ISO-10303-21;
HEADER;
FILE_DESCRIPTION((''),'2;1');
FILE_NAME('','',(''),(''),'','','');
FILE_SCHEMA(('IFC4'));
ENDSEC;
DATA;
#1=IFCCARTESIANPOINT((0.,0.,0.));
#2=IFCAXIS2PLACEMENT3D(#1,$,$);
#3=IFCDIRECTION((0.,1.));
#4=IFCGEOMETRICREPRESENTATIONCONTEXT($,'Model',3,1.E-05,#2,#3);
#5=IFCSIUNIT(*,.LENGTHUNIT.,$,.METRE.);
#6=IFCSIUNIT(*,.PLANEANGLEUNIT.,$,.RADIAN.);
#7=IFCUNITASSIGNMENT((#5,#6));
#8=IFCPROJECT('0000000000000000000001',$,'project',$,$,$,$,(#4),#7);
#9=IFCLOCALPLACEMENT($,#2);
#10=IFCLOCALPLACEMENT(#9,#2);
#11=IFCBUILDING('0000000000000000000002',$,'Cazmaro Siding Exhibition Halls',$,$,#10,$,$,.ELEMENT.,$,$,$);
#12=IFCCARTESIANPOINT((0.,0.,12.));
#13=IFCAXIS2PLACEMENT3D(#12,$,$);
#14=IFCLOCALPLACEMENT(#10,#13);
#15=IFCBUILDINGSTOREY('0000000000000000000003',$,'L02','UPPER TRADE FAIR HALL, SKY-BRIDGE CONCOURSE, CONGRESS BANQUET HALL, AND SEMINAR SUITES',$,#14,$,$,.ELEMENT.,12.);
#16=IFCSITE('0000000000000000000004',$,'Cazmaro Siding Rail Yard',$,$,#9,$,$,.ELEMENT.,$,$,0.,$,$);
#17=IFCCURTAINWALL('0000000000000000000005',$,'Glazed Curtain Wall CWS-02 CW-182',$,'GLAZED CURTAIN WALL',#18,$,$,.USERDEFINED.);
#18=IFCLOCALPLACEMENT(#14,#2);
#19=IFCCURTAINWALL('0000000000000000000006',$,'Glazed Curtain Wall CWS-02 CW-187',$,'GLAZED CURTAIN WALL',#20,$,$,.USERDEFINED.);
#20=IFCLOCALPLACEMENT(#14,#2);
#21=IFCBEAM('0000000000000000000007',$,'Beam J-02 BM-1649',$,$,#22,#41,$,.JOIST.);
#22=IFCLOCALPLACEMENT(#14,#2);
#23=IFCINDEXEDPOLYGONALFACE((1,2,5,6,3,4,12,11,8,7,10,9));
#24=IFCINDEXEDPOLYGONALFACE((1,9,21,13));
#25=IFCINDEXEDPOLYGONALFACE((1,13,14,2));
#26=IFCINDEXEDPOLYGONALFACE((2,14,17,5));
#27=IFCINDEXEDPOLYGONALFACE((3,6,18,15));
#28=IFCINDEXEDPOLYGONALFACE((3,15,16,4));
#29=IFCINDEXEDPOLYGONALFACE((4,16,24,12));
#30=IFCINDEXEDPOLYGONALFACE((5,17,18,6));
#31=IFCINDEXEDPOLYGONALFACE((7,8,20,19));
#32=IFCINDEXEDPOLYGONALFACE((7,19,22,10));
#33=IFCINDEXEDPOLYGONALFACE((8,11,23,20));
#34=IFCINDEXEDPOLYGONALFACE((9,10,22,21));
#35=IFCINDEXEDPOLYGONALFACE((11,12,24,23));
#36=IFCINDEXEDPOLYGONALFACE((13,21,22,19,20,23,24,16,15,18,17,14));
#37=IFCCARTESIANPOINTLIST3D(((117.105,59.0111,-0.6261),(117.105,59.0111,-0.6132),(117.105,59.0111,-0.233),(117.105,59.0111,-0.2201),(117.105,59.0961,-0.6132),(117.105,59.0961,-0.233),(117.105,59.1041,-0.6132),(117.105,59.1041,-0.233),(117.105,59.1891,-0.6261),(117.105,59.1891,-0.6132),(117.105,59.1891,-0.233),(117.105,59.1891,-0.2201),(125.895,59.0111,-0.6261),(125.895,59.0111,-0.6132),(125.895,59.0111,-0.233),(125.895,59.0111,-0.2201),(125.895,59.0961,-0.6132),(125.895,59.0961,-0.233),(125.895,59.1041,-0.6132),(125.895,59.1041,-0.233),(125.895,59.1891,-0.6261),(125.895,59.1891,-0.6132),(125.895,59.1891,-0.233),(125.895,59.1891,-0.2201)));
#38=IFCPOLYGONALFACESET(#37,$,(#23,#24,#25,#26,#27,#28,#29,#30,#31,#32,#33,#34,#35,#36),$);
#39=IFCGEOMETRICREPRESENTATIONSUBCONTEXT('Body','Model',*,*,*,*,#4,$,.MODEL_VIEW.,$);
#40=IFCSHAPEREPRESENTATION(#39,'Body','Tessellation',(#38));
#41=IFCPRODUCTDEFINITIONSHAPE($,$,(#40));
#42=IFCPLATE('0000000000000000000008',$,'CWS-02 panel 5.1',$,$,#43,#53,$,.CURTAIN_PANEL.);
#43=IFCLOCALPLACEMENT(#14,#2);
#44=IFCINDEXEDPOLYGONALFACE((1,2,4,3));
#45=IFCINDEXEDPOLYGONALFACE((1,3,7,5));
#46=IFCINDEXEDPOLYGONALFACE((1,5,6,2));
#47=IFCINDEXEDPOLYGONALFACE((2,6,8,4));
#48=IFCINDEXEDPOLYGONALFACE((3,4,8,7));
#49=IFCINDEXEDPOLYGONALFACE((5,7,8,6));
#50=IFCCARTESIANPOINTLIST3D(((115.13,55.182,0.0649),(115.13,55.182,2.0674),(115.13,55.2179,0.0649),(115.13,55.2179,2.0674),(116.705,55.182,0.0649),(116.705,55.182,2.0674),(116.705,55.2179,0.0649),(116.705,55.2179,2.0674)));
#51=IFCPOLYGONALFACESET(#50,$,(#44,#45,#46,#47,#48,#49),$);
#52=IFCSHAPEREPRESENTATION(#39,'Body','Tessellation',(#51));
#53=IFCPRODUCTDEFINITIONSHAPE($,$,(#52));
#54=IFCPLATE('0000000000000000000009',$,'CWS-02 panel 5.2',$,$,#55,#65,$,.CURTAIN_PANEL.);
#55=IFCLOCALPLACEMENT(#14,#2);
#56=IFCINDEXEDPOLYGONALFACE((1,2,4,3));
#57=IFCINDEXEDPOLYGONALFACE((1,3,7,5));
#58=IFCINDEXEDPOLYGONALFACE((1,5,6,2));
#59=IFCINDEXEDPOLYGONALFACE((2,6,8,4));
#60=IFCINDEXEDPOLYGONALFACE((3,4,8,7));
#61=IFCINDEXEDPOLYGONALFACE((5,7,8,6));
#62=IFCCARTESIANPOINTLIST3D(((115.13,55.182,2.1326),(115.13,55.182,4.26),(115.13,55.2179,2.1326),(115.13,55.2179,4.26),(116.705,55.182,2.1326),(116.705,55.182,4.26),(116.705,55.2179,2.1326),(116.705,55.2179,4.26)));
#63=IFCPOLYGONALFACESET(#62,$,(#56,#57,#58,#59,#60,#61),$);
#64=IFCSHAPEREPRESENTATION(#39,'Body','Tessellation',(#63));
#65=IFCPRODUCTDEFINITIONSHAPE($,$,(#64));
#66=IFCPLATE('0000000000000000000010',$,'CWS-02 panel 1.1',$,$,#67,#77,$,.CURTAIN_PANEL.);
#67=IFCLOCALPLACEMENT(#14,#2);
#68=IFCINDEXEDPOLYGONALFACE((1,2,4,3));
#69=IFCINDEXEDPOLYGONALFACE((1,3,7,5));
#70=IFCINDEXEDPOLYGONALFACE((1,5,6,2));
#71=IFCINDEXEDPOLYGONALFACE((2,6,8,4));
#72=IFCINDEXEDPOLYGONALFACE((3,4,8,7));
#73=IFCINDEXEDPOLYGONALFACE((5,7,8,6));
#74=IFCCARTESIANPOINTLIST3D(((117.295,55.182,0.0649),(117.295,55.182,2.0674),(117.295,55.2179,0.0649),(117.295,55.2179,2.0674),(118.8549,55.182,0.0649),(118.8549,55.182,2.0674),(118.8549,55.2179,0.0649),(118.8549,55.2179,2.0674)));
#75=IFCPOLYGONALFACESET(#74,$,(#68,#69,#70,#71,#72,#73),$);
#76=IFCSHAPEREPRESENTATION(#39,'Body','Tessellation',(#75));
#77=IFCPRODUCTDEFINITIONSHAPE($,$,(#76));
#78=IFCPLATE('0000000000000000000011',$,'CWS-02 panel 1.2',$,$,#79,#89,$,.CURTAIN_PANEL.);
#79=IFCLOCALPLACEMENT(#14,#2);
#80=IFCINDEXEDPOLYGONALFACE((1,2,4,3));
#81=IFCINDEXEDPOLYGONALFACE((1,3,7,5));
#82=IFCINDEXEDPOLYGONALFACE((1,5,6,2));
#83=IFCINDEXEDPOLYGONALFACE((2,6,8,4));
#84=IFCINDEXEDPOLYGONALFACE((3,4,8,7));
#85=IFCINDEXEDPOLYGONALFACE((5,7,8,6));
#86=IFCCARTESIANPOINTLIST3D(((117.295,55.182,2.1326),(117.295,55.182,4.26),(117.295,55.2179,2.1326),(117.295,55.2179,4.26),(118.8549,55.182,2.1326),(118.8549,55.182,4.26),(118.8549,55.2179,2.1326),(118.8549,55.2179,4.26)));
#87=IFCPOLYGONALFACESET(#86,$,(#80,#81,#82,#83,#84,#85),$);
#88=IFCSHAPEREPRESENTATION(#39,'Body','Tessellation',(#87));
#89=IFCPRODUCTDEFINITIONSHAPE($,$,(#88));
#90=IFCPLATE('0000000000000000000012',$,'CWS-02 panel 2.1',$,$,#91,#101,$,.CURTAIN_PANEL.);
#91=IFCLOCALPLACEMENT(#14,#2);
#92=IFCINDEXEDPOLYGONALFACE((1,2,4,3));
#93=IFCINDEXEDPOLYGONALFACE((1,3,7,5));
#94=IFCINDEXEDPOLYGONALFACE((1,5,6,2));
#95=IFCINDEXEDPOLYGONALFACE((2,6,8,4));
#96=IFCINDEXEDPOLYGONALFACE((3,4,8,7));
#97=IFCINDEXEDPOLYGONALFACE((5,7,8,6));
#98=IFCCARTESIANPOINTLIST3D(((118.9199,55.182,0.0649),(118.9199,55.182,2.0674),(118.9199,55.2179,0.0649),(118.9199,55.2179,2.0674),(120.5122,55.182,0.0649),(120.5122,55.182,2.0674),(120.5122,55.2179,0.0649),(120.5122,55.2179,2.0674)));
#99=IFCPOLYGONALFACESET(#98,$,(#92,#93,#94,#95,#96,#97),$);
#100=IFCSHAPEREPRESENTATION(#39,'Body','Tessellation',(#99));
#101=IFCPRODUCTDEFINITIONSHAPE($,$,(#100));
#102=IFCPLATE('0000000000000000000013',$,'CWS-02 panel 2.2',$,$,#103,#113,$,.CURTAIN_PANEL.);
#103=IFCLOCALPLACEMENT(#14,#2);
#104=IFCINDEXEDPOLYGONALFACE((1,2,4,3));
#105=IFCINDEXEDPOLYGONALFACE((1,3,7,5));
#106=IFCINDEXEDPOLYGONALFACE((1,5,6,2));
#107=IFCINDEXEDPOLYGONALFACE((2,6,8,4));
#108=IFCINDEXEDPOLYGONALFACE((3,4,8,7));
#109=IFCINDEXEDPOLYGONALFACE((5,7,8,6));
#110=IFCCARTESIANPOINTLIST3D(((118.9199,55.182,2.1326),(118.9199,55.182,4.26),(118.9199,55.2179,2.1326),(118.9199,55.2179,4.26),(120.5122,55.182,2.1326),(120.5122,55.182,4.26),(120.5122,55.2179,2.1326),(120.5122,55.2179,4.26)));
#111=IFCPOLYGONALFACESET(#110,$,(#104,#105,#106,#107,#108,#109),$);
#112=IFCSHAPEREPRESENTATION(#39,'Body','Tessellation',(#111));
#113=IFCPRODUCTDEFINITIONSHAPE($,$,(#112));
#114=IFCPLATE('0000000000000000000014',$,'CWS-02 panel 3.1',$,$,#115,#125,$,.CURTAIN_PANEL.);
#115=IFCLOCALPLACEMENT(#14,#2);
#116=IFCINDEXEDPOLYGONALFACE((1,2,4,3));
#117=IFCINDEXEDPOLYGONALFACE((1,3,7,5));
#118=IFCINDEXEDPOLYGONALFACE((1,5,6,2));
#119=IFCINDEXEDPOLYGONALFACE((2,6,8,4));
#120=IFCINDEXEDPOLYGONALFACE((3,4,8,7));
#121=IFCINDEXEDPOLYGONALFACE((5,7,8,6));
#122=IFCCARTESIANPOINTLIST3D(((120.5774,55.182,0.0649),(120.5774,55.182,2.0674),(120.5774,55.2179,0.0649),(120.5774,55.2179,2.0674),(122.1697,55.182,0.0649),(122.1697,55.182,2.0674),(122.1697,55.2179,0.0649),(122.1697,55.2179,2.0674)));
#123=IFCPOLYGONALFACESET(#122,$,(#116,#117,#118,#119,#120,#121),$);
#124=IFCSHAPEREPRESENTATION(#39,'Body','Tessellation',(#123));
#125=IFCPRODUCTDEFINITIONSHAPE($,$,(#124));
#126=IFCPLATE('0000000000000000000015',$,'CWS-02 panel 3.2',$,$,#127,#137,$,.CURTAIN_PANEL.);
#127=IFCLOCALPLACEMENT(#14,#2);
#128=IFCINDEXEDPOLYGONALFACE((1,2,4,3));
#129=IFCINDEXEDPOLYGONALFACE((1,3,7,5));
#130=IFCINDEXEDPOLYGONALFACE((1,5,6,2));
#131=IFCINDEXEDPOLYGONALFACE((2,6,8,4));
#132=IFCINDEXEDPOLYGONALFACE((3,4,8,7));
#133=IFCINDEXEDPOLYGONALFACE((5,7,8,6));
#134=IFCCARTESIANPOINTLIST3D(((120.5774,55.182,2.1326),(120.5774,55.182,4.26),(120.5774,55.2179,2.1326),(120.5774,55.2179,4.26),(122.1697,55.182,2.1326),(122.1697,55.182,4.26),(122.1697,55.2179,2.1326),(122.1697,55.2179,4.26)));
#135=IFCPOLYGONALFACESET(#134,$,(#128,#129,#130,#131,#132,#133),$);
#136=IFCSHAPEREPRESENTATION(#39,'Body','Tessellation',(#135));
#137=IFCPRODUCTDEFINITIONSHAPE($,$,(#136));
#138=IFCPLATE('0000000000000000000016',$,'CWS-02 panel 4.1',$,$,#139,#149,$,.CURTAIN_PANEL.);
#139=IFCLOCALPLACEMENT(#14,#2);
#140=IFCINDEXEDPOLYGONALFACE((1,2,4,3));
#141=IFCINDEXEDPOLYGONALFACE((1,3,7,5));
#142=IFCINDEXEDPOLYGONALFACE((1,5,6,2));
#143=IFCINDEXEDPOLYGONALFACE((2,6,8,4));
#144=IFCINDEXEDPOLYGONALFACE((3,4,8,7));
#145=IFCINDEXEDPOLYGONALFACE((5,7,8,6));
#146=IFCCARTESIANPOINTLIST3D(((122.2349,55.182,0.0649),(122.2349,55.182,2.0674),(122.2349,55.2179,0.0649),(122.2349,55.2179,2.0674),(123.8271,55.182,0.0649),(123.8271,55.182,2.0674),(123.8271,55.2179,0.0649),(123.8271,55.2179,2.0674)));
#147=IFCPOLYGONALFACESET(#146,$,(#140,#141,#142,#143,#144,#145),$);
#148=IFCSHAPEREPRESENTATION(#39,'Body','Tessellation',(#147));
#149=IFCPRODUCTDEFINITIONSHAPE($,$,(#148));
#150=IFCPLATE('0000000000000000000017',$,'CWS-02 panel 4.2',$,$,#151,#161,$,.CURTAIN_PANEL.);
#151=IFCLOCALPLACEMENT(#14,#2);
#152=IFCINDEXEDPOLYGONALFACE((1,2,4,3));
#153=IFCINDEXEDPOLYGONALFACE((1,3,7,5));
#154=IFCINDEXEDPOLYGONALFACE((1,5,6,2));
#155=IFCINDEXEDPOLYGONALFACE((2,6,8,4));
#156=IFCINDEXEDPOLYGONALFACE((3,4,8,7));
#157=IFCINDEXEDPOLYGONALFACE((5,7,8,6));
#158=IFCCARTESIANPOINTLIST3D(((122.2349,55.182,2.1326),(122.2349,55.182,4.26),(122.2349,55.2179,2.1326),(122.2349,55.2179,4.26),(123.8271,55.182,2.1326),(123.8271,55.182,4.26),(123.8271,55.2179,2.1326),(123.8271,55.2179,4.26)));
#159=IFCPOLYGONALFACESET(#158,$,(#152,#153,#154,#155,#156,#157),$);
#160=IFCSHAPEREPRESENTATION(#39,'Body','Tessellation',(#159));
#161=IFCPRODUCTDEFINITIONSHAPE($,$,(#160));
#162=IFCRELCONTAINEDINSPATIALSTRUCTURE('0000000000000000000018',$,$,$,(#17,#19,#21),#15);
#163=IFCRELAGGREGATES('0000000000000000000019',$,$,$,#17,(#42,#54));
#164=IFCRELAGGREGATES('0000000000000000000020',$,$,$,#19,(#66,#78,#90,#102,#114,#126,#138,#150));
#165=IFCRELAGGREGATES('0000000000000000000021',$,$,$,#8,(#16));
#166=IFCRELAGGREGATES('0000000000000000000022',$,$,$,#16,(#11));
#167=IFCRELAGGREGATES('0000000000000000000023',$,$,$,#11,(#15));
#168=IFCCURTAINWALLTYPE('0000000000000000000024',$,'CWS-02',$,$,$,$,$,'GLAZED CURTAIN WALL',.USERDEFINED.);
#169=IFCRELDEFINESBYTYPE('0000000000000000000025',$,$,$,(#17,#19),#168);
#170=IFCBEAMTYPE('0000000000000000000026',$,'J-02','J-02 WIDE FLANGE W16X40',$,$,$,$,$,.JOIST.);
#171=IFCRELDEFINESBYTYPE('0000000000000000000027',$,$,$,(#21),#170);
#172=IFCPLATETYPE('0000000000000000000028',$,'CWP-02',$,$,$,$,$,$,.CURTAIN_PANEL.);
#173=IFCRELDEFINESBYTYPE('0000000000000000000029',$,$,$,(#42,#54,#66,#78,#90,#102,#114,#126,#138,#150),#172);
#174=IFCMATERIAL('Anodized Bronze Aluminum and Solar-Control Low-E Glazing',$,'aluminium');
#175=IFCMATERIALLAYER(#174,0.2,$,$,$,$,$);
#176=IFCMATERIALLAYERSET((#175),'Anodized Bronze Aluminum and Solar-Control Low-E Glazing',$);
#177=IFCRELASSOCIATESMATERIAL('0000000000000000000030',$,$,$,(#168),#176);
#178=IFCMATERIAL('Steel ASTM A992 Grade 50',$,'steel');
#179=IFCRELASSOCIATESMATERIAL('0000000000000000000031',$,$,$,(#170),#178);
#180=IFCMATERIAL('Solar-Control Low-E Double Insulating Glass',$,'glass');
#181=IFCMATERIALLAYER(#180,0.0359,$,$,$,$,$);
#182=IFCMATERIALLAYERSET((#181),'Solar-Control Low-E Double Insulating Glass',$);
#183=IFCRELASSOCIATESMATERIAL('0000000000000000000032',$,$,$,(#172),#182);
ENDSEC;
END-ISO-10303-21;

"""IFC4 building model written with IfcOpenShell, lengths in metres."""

from ifc_helpers import new_model, si_unit, direction, frame, origin, origin_2d, place, context, subcontext, project, spatial, rectangle, i_section, extrude, material, layer, layer_set, material_profile, profile_set, type_object, element, aggregate, save


model = new_model("IFC4")

# Units and contexts
model_context = context("Model", 3, precision=1e-05, world=origin(), true_north=direction((0.0, 1.0)))
body_context = subcontext(model_context, "Body", "Model", "MODEL_VIEW")
ifc_project = project(units=[si_unit("LENGTHUNIT", "METRE"), si_unit("PLANEANGLEUNIT", "RADIAN")], contexts=[model_context])

# Site, building, storey
site_placement = place(None, origin())
site = spatial("IfcSite", under=ifc_project, at=site_placement, Name="Cazmaro Siding Rail Yard", CompositionType="ELEMENT", RefElevation=0.0)
building_placement = place(site_placement, origin())
building = spatial("IfcBuilding", under=site, at=building_placement, Name="Cazmaro Siding Exhibition Halls", CompositionType="ELEMENT")
storey_placement = place(building_placement, frame((0.0, 0.0, 12.0)))
storey = spatial("IfcBuildingStorey", under=building, at=storey_placement, Name="L02", Description="UPPER TRADE FAIR HALL, SKY-BRIDGE CONCOURSE, CONGRESS BANQUET HALL, AND SEMINAR SUITES", CompositionType="ELEMENT", Elevation=12.0)

# Curtain walls
ifc_material_1 = material(Name="Anodized Bronze Aluminum and Solar-Control Low-E Glazing", Category="aluminium")
ifc_layer_1 = layer(ifc_material_1, 0.2)
ifc_layer_set_1 = layer_set([ifc_layer_1], Name="Anodized Bronze Aluminum and Solar-Control Low-E Glazing")
curtain_wall_type = type_object("IfcCurtainWallType", Name="CWS-02", ElementType="GLAZED CURTAIN WALL", PredefinedType="USERDEFINED", material=ifc_layer_set_1)
curtain_wall_1_placement = place(storey_placement, origin())
curtain_wall_1 = element("IfcCurtainWall", 1, at=curtain_wall_1_placement, inside=storey, type_object=curtain_wall_type, Name="Glazed Curtain Wall CWS-02 CW-182", ObjectType="GLAZED CURTAIN WALL", PredefinedType="USERDEFINED")
curtain_wall_2_placement = place(storey_placement, origin())
curtain_wall_2 = element("IfcCurtainWall", 2, at=curtain_wall_2_placement, inside=storey, type_object=curtain_wall_type, Name="Glazed Curtain Wall CWS-02 CW-187", ObjectType="GLAZED CURTAIN WALL", PredefinedType="USERDEFINED")

# Beam
ifc_material_2 = material(Name="Steel ASTM A992 Grade 50", Category="steel")
ifc_material_profile_1 = material_profile(ifc_material_2, i_section(OverallWidth=0.178, OverallDepth=0.406, WebThickness=0.0081, FlangeThickness=0.0129, at=origin_2d()), Name="W16X40")
ifc_profile_set_1 = profile_set([ifc_material_profile_1], Name="Steel ASTM A992 Grade 50")
beam_type_1 = type_object("IfcBeamType", Name="J-02", Description="J-02 WIDE FLANGE W16X40", PredefinedType="JOIST", material=ifc_profile_set_1)
beam_1_placement = place(storey_placement, frame((117.105, 59.1001, -0.4231), z_axis=(1.0, 0.0, 0.0), x_axis=(0.0, 1.0, 0.0)))
element("IfcBeam", 3, at=beam_1_placement, inside=storey, type_object=beam_type_1, Name="Beam J-02 BM-1649", PredefinedType="JOIST", context=body_context, shape_type="SweptSolid", body=[
    extrude(i_section(OverallWidth=0.178, OverallDepth=0.406, WebThickness=0.0081, FlangeThickness=0.0129, at=origin_2d()), origin(), (0.0, 0.0, 1.0), 8.79),
])

# Plates
ifc_material_3 = material(Name="Solar-Control Low-E Double Insulating Glass", Category="glass")
ifc_layer_2 = layer(ifc_material_3, 0.0359)
ifc_layer_set_2 = layer_set([ifc_layer_2], Name="Solar-Control Low-E Double Insulating Glass")
plate_type = type_object("IfcPlateType", Name="CWP-02", PredefinedType="CURTAIN_PANEL", material=ifc_layer_set_2)
plate_1_placement = place(storey_placement, frame((115.9175, 55.2, 0.0649), z_axis=(0.0, 0.0, 1.0), x_axis=(1.0, 0.0, 0.0)))
plate_1 = element("IfcPlate", 4, at=plate_1_placement, type_object=plate_type, Name="CWS-02 panel 5.1", PredefinedType="CURTAIN_PANEL", context=body_context, shape_type="SweptSolid", body=[
    extrude(rectangle(XDim=1.575, YDim=0.0359, at=origin_2d()), origin(), (0.0, 0.0, 1.0), 2.0024),
])
plate_2_placement = place(storey_placement, frame((115.9175, 55.2, 2.1326), z_axis=(0.0, 0.0, 1.0), x_axis=(1.0, 0.0, 0.0)))
plate_2 = element("IfcPlate", 5, at=plate_2_placement, type_object=plate_type, Name="CWS-02 panel 5.2", PredefinedType="CURTAIN_PANEL", context=body_context, shape_type="SweptSolid", body=[
    extrude(rectangle(XDim=1.575, YDim=0.0359, at=origin_2d()), origin(), (0.0, 0.0, 1.0), 2.1274),
])
aggregate(curtain_wall_1, [plate_1, plate_2])
plate_3_placement = place(storey_placement, frame((118.075, 55.2, 0.0649), z_axis=(0.0, 0.0, 1.0), x_axis=(1.0, 0.0, 0.0)))
plate_3 = element("IfcPlate", 6, at=plate_3_placement, type_object=plate_type, Name="CWS-02 panel 1.1", PredefinedType="CURTAIN_PANEL", context=body_context, shape_type="SweptSolid", body=[
    extrude(rectangle(XDim=1.5598, YDim=0.0359, at=origin_2d()), origin(), (0.0, 0.0, 1.0), 2.0024),
])
plate_4_placement = place(storey_placement, frame((118.075, 55.2, 2.1326), z_axis=(0.0, 0.0, 1.0), x_axis=(1.0, 0.0, 0.0)))
plate_4 = element("IfcPlate", 7, at=plate_4_placement, type_object=plate_type, Name="CWS-02 panel 1.2", PredefinedType="CURTAIN_PANEL", context=body_context, shape_type="SweptSolid", body=[
    extrude(rectangle(XDim=1.5598, YDim=0.0359, at=origin_2d()), origin(), (0.0, 0.0, 1.0), 2.1274),
])
plate_5_placement = place(storey_placement, frame((119.7161, 55.2, 0.0649), z_axis=(0.0, 0.0, 1.0), x_axis=(1.0, 0.0, 0.0)))
plate_5 = element("IfcPlate", 8, at=plate_5_placement, type_object=plate_type, Name="CWS-02 panel 2.1", PredefinedType="CURTAIN_PANEL", context=body_context, shape_type="SweptSolid", body=[
    extrude(rectangle(XDim=1.5923, YDim=0.0359, at=origin_2d()), origin(), (0.0, 0.0, 1.0), 2.0024),
])
plate_6_placement = place(storey_placement, frame((119.7161, 55.2, 2.1326), z_axis=(0.0, 0.0, 1.0), x_axis=(1.0, 0.0, 0.0)))
plate_6 = element("IfcPlate", 9, at=plate_6_placement, type_object=plate_type, Name="CWS-02 panel 2.2", PredefinedType="CURTAIN_PANEL", context=body_context, shape_type="SweptSolid", body=[
    extrude(rectangle(XDim=1.5923, YDim=0.0359, at=origin_2d()), origin(), (0.0, 0.0, 1.0), 2.1274),
])
plate_7_placement = place(storey_placement, frame((121.3735, 55.2, 0.0649), z_axis=(0.0, 0.0, 1.0), x_axis=(1.0, 0.0, 0.0)))
plate_7 = element("IfcPlate", 10, at=plate_7_placement, type_object=plate_type, Name="CWS-02 panel 3.1", PredefinedType="CURTAIN_PANEL", context=body_context, shape_type="SweptSolid", body=[
    extrude(rectangle(XDim=1.5923, YDim=0.0359, at=origin_2d()), origin(), (0.0, 0.0, 1.0), 2.0024),
])
plate_8_placement = place(storey_placement, frame((121.3735, 55.2, 2.1326), z_axis=(0.0, 0.0, 1.0), x_axis=(1.0, 0.0, 0.0)))
plate_8 = element("IfcPlate", 11, at=plate_8_placement, type_object=plate_type, Name="CWS-02 panel 3.2", PredefinedType="CURTAIN_PANEL", context=body_context, shape_type="SweptSolid", body=[
    extrude(rectangle(XDim=1.5923, YDim=0.0359, at=origin_2d()), origin(), (0.0, 0.0, 1.0), 2.1274),
])
plate_9_placement = place(storey_placement, frame((123.031, 55.2, 0.0649), z_axis=(0.0, 0.0, 1.0), x_axis=(1.0, 0.0, 0.0)))
plate_9 = element("IfcPlate", 12, at=plate_9_placement, type_object=plate_type, Name="CWS-02 panel 4.1", PredefinedType="CURTAIN_PANEL", context=body_context, shape_type="SweptSolid", body=[
    extrude(rectangle(XDim=1.5923, YDim=0.0359, at=origin_2d()), origin(), (0.0, 0.0, 1.0), 2.0024),
])
plate_10_placement = place(storey_placement, frame((123.031, 55.2, 2.1326), z_axis=(0.0, 0.0, 1.0), x_axis=(1.0, 0.0, 0.0)))
plate_10 = element("IfcPlate", 13, at=plate_10_placement, type_object=plate_type, Name="CWS-02 panel 4.2", PredefinedType="CURTAIN_PANEL", context=body_context, shape_type="SweptSolid", body=[
    extrude(rectangle(XDim=1.5923, YDim=0.0359, at=origin_2d()), origin(), (0.0, 0.0, 1.0), 2.1274),
])
aggregate(curtain_wall_2, [plate_3, plate_4, plate_5, plate_6, plate_7, plate_8, plate_9, plate_10])

save(model, "model.ifc")
